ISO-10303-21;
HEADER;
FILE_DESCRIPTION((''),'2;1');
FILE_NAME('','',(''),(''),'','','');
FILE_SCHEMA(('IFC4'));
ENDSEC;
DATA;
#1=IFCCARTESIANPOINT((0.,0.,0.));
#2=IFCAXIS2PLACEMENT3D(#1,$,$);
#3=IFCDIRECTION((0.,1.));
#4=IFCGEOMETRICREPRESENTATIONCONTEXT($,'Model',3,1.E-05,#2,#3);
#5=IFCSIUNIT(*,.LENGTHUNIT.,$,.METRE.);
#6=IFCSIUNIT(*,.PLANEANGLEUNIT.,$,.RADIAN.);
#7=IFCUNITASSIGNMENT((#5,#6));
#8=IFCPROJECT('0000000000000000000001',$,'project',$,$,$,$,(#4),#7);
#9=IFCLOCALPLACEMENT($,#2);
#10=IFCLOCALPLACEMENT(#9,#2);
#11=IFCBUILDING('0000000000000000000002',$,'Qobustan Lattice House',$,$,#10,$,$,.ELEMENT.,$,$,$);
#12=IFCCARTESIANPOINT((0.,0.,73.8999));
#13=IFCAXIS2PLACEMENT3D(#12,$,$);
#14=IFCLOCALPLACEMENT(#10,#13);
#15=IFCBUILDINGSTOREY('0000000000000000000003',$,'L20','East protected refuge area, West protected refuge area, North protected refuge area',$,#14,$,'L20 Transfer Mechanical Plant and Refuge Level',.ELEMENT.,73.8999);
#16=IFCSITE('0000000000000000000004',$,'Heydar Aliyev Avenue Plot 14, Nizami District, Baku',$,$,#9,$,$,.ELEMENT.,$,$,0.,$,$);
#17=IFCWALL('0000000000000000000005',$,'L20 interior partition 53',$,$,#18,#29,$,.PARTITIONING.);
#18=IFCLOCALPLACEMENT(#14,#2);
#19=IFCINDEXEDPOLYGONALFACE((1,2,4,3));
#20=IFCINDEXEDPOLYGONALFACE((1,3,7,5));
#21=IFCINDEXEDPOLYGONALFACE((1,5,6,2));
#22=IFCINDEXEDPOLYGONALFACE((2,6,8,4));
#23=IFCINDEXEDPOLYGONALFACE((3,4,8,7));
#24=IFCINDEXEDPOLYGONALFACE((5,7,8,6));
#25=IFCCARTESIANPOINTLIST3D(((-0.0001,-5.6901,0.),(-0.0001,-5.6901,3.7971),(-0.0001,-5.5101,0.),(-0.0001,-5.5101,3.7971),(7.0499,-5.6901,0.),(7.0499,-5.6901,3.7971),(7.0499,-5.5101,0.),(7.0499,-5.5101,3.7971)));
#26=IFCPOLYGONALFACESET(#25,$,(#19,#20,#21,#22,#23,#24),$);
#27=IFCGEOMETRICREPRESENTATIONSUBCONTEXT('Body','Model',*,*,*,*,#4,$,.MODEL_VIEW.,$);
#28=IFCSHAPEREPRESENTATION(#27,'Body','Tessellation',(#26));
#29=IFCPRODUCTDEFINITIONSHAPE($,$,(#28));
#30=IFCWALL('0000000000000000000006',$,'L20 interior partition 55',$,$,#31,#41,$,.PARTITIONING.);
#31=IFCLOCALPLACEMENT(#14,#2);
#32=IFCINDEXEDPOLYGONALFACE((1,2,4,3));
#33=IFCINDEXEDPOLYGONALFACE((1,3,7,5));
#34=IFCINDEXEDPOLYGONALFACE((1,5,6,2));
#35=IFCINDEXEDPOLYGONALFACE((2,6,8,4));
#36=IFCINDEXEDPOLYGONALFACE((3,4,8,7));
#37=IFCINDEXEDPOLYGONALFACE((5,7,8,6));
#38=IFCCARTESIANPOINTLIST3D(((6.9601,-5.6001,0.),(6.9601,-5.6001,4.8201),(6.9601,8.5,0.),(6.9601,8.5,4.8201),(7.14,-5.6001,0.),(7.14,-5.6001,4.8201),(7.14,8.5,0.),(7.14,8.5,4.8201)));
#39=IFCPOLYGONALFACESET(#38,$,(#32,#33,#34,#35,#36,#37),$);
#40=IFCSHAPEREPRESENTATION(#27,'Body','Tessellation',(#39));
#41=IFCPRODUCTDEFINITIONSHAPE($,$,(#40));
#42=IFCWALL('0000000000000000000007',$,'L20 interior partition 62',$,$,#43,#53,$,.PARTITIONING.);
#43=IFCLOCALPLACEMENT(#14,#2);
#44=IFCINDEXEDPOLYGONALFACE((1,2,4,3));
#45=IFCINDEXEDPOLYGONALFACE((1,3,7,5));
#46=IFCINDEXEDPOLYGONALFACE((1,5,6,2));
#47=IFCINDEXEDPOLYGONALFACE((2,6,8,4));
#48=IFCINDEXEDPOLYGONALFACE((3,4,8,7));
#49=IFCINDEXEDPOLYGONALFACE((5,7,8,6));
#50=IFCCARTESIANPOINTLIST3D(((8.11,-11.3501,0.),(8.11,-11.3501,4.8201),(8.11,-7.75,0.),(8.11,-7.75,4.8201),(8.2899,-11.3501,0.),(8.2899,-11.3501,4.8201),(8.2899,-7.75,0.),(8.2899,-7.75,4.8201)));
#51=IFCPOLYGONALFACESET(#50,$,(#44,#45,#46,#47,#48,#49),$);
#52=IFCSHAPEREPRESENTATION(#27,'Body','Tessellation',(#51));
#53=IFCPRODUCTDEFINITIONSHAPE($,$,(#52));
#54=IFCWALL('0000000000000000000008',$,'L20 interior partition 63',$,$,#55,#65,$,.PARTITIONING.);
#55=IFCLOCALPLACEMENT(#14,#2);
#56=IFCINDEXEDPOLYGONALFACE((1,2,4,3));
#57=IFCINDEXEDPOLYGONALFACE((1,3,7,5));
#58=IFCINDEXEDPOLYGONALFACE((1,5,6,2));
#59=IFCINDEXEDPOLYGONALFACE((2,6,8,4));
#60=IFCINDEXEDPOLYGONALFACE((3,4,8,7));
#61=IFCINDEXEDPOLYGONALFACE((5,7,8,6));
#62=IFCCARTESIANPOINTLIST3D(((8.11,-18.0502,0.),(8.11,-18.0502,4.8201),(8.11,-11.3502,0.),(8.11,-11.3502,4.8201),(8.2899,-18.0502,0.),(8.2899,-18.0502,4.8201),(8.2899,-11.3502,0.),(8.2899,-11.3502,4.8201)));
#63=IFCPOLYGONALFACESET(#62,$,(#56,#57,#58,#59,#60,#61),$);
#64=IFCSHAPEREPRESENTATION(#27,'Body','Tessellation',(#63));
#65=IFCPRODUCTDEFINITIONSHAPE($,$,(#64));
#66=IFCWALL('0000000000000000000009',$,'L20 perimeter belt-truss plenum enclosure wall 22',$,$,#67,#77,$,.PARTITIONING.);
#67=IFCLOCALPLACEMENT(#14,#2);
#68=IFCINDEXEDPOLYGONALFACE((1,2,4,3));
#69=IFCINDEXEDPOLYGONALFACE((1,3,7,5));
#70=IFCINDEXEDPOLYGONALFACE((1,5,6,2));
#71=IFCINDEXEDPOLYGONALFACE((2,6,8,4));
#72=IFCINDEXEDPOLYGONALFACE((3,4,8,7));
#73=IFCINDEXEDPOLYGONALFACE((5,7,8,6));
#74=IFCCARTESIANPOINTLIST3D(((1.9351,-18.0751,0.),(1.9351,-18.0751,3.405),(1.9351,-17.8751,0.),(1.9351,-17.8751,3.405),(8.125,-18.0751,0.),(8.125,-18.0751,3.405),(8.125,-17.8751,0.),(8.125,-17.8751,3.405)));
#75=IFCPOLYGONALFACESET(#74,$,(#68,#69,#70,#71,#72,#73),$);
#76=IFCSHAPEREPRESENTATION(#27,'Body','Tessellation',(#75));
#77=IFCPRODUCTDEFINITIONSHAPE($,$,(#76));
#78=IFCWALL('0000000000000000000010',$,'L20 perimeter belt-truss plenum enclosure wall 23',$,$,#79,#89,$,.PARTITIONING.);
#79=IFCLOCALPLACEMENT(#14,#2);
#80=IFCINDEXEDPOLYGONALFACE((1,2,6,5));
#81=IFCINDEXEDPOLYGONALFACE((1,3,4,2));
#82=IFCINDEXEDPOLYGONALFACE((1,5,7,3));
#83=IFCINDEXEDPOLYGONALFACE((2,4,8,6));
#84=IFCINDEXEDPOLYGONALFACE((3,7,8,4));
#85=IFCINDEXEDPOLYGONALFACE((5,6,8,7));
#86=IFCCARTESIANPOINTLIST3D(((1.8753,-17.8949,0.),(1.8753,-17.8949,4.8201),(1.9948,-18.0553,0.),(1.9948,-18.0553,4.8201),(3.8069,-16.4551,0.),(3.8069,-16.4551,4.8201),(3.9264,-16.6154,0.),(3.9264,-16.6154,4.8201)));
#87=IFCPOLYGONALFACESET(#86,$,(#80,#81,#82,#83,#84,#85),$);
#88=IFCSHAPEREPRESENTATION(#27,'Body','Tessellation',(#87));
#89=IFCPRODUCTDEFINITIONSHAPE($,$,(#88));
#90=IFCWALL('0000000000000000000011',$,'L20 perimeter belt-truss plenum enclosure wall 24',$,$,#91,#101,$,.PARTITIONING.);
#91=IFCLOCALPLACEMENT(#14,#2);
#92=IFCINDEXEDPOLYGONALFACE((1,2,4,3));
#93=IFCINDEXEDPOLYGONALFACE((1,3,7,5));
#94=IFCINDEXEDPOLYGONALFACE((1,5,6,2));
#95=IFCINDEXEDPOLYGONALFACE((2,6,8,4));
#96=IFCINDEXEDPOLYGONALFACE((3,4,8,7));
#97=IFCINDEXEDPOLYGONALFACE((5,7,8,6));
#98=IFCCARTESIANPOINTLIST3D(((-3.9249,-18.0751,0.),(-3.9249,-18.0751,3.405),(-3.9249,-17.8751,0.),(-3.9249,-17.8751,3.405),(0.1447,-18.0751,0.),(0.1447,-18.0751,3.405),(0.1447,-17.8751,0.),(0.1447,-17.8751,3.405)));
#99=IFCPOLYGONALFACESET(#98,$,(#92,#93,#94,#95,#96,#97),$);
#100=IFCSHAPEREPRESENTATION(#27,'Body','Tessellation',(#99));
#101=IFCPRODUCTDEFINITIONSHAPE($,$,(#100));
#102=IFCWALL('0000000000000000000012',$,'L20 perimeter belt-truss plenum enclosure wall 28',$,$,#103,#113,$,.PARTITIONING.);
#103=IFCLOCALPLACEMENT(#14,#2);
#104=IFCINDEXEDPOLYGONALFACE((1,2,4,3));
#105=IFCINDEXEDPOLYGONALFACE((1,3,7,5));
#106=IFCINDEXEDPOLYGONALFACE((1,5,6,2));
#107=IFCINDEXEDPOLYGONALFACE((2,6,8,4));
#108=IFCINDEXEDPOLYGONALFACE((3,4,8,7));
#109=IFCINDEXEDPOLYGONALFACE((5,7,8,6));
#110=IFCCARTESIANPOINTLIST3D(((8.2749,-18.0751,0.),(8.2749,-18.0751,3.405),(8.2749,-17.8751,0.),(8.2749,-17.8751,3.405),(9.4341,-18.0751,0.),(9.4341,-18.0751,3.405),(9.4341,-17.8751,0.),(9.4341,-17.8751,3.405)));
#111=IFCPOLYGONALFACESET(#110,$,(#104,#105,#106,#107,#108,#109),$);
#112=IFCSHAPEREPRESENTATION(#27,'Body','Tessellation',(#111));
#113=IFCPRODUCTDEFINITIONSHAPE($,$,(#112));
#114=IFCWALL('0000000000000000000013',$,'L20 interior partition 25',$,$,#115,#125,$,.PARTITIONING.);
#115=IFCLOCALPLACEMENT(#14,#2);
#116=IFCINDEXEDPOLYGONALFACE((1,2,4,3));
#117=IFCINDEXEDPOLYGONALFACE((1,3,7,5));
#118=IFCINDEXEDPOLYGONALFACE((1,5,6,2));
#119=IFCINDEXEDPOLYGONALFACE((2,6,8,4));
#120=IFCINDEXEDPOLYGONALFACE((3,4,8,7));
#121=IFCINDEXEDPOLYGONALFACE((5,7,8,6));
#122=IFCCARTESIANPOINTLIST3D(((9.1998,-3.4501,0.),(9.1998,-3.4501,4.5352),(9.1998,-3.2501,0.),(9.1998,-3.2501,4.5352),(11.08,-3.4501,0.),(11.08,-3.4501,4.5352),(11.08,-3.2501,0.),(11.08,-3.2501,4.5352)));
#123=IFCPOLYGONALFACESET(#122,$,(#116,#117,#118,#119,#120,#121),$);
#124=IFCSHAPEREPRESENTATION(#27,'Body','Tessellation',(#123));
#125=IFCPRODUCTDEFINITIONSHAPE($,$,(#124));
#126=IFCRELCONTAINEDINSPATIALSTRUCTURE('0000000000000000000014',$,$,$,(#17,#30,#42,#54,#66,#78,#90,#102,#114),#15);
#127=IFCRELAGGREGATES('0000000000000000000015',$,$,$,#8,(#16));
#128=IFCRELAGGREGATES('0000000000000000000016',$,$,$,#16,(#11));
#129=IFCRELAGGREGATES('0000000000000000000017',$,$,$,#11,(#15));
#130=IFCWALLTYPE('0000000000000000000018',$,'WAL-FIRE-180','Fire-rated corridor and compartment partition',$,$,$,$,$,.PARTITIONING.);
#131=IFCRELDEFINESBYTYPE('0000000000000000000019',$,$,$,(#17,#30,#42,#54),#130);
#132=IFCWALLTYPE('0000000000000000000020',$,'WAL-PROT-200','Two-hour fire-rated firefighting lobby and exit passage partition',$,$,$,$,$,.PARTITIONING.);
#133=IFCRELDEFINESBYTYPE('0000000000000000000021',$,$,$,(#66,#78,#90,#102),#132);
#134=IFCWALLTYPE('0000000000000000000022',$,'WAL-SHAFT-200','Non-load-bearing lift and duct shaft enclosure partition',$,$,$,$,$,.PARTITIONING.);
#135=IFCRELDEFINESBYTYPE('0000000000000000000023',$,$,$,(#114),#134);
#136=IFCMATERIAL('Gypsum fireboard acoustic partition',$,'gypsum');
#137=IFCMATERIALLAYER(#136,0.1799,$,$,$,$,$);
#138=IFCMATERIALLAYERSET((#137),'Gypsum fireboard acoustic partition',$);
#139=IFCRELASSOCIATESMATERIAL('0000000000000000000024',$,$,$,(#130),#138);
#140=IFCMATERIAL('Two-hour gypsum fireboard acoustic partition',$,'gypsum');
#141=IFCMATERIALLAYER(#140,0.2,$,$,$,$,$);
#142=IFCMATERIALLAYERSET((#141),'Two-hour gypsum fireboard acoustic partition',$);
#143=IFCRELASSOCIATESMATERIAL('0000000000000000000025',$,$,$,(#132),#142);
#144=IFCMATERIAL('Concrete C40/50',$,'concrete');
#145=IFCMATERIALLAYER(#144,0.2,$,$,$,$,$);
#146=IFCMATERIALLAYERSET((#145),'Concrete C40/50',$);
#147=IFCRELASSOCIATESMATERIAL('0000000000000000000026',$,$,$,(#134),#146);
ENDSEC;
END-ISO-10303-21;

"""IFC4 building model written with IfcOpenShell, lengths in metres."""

from ifc_helpers import new_model, si_unit, direction, frame, frame_2d, origin, place, context, subcontext, project, spatial, rectangle, extrude, material, layer, layer_set, type_object, element, save


model = new_model("IFC4")

# Units and contexts
model_context = context("Model", 3, precision=1e-05, world=origin(), true_north=direction((0.0, 1.0)))
body_context = subcontext(model_context, "Body", "Model", "MODEL_VIEW")
ifc_project = project(units=[si_unit("LENGTHUNIT", "METRE"), si_unit("PLANEANGLEUNIT", "RADIAN")], contexts=[model_context])

# Site, building, storey
site_placement = place(None, origin())
site = spatial("IfcSite", under=ifc_project, at=site_placement, Name="Heydar Aliyev Avenue Plot 14, Nizami District, Baku", CompositionType="ELEMENT", RefElevation=0.0)
building_placement = place(site_placement, origin())
building = spatial("IfcBuilding", under=site, at=building_placement, Name="Qobustan Lattice House", CompositionType="ELEMENT")
storey_placement = place(building_placement, frame((0.0, 0.0, 73.8999)))
storey = spatial("IfcBuildingStorey", under=building, at=storey_placement, Name="L20", Description="East protected refuge area, West protected refuge area, North protected refuge area", LongName="L20 Transfer Mechanical Plant and Refuge Level", CompositionType="ELEMENT", Elevation=73.8999)

# Shared definitions
ifc_material_1 = material(Name="Gypsum fireboard acoustic partition", Category="gypsum")
ifc_layer_1 = layer(ifc_material_1, 0.1799)
ifc_layer_set_1 = layer_set([ifc_layer_1], Name="Gypsum fireboard acoustic partition")
wall_type_1 = type_object("IfcWallType", Name="WAL-FIRE-180", Description="Fire-rated corridor and compartment partition", PredefinedType="PARTITIONING", material=ifc_layer_set_1)

# Walls
wall_1_placement = place(storey_placement, frame((0.0, -5.6001, 0.0), z_axis=(0.0, 0.0, 1.0), x_axis=(1.0, 0.0, 0.0)))
element("IfcWall", 1, at=wall_1_placement, inside=storey, type_object=wall_type_1, Name="L20 interior partition 53", PredefinedType="PARTITIONING", context=body_context, shape_type="SweptSolid", body=[
    extrude(rectangle(XDim=7.05, YDim=0.1799, at=frame_2d((3.5249, 0.0))), origin(), (0.0, 0.0, 1.0), 3.7971),
])
wall_2_placement = place(storey_placement, frame((7.05, -5.6001, 0.0), z_axis=(0.0, 0.0, 1.0), x_axis=(0.0, 1.0, 0.0)))
element("IfcWall", 2, at=wall_2_placement, inside=storey, type_object=wall_type_1, Name="L20 interior partition 55", PredefinedType="PARTITIONING", context=body_context, shape_type="SweptSolid", body=[
    extrude(rectangle(XDim=14.1001, YDim=0.1799, at=frame_2d((7.05, 0.0))), origin(), (0.0, 0.0, 1.0), 4.8201),
])
wall_3_placement = place(storey_placement, frame((8.2, -7.75, 0.0), z_axis=(0.0, 0.0, 1.0), x_axis=(0.0, -1.0, 0.0)))
element("IfcWall", 3, at=wall_3_placement, inside=storey, type_object=wall_type_1, Name="L20 interior partition 62", PredefinedType="PARTITIONING", context=body_context, shape_type="SweptSolid", body=[
    extrude(rectangle(XDim=3.6001, YDim=0.1799, at=frame_2d((1.8, 0.0))), origin(), (0.0, 0.0, 1.0), 4.8201),
])
wall_4_placement = place(storey_placement, frame((8.2, -11.3501, 0.0), z_axis=(0.0, 0.0, 1.0), x_axis=(0.0, -1.0, 0.0)))
element("IfcWall", 4, at=wall_4_placement, inside=storey, type_object=wall_type_1, Name="L20 interior partition 63", PredefinedType="PARTITIONING", context=body_context, shape_type="SweptSolid", body=[
    extrude(rectangle(XDim=6.7, YDim=0.1799, at=frame_2d((3.3501, 0.0))), origin(), (0.0, 0.0, 1.0), 4.8201),
])
ifc_material_2 = material(Name="Two-hour gypsum fireboard acoustic partition", Category="gypsum")
ifc_layer_2 = layer(ifc_material_2, 0.2)
ifc_layer_set_2 = layer_set([ifc_layer_2], Name="Two-hour gypsum fireboard acoustic partition")
wall_type_2 = type_object("IfcWallType", Name="WAL-PROT-200", Description="Two-hour fire-rated firefighting lobby and exit passage partition", PredefinedType="PARTITIONING", material=ifc_layer_set_2)
wall_5_placement = place(storey_placement, frame((8.125, -17.9751, 0.0), z_axis=(0.0, 0.0, 1.0), x_axis=(-1.0, 0.0, 0.0)))
element("IfcWall", 5, at=wall_5_placement, inside=storey, type_object=wall_type_2, Name="L20 perimeter belt-truss plenum enclosure wall 22", PredefinedType="PARTITIONING", context=body_context, shape_type="SweptSolid", body=[
    extrude(rectangle(XDim=6.1899, YDim=0.2, at=frame_2d((3.095, 0.0))), origin(), (0.0, 0.0, 1.0), 3.405),
])
wall_6_placement = place(storey_placement, frame((1.9351, -17.9751, 0.0), z_axis=(0.0, 0.0, 1.0), x_axis=(0.801748, 0.597663, 0.0)))
element("IfcWall", 6, at=wall_6_placement, inside=storey, type_object=wall_type_2, Name="L20 perimeter belt-truss plenum enclosure wall 23", PredefinedType="PARTITIONING", context=body_context, shape_type="SweptSolid", body=[
    extrude(rectangle(XDim=2.4092, YDim=0.2, at=frame_2d((1.2046, 0.0))), origin(), (0.0, 0.0, 1.0), 4.8201),
])
wall_7_placement = place(storey_placement, frame((0.1445, -17.9751, 0.0), z_axis=(0.0, 0.0, 1.0), x_axis=(-1.0, 0.0, 0.0)))
element("IfcWall", 7, at=wall_7_placement, inside=storey, type_object=wall_type_2, Name="L20 perimeter belt-truss plenum enclosure wall 24", PredefinedType="PARTITIONING", context=body_context, shape_type="SweptSolid", body=[
    extrude(rectangle(XDim=4.0696, YDim=0.2, at=frame_2d((2.0347, 0.0))), origin(), (0.0, 0.0, 1.0), 3.405),
])
wall_8_placement = place(storey_placement, frame((9.4341, -17.9751, 0.0), z_axis=(0.0, 0.0, 1.0), x_axis=(-1.0, 0.0, 0.0)))
element("IfcWall", 8, at=wall_8_placement, inside=storey, type_object=wall_type_2, Name="L20 perimeter belt-truss plenum enclosure wall 28", PredefinedType="PARTITIONING", context=body_context, shape_type="SweptSolid", body=[
    extrude(rectangle(XDim=1.1592, YDim=0.2, at=frame_2d((0.5796, 0.0))), origin(), (0.0, 0.0, 1.0), 3.405),
])
ifc_material_3 = material(Name="Concrete C40/50", Category="concrete")
ifc_layer_3 = layer(ifc_material_3, 0.2)
ifc_layer_set_3 = layer_set([ifc_layer_3], Name="Concrete C40/50")
wall_type_3 = type_object("IfcWallType", Name="WAL-SHAFT-200", Description="Non-load-bearing lift and duct shaft enclosure partition", PredefinedType="PARTITIONING", material=ifc_layer_set_3)
wall_9_placement = place(storey_placement, frame((9.2, -3.3501, 0.0), z_axis=(0.0, 0.0, 1.0), x_axis=(1.0, 0.0, 0.0)))
element("IfcWall", 9, at=wall_9_placement, inside=storey, type_object=wall_type_3, Name="L20 interior partition 25", PredefinedType="PARTITIONING", context=body_context, shape_type="SweptSolid", body=[
    extrude(rectangle(XDim=1.8801, YDim=0.2, at=frame_2d((0.9399, 0.0))), origin(), (0.0, 0.0, 1.0), 4.5352),
])

save(model, "model.ifc")
